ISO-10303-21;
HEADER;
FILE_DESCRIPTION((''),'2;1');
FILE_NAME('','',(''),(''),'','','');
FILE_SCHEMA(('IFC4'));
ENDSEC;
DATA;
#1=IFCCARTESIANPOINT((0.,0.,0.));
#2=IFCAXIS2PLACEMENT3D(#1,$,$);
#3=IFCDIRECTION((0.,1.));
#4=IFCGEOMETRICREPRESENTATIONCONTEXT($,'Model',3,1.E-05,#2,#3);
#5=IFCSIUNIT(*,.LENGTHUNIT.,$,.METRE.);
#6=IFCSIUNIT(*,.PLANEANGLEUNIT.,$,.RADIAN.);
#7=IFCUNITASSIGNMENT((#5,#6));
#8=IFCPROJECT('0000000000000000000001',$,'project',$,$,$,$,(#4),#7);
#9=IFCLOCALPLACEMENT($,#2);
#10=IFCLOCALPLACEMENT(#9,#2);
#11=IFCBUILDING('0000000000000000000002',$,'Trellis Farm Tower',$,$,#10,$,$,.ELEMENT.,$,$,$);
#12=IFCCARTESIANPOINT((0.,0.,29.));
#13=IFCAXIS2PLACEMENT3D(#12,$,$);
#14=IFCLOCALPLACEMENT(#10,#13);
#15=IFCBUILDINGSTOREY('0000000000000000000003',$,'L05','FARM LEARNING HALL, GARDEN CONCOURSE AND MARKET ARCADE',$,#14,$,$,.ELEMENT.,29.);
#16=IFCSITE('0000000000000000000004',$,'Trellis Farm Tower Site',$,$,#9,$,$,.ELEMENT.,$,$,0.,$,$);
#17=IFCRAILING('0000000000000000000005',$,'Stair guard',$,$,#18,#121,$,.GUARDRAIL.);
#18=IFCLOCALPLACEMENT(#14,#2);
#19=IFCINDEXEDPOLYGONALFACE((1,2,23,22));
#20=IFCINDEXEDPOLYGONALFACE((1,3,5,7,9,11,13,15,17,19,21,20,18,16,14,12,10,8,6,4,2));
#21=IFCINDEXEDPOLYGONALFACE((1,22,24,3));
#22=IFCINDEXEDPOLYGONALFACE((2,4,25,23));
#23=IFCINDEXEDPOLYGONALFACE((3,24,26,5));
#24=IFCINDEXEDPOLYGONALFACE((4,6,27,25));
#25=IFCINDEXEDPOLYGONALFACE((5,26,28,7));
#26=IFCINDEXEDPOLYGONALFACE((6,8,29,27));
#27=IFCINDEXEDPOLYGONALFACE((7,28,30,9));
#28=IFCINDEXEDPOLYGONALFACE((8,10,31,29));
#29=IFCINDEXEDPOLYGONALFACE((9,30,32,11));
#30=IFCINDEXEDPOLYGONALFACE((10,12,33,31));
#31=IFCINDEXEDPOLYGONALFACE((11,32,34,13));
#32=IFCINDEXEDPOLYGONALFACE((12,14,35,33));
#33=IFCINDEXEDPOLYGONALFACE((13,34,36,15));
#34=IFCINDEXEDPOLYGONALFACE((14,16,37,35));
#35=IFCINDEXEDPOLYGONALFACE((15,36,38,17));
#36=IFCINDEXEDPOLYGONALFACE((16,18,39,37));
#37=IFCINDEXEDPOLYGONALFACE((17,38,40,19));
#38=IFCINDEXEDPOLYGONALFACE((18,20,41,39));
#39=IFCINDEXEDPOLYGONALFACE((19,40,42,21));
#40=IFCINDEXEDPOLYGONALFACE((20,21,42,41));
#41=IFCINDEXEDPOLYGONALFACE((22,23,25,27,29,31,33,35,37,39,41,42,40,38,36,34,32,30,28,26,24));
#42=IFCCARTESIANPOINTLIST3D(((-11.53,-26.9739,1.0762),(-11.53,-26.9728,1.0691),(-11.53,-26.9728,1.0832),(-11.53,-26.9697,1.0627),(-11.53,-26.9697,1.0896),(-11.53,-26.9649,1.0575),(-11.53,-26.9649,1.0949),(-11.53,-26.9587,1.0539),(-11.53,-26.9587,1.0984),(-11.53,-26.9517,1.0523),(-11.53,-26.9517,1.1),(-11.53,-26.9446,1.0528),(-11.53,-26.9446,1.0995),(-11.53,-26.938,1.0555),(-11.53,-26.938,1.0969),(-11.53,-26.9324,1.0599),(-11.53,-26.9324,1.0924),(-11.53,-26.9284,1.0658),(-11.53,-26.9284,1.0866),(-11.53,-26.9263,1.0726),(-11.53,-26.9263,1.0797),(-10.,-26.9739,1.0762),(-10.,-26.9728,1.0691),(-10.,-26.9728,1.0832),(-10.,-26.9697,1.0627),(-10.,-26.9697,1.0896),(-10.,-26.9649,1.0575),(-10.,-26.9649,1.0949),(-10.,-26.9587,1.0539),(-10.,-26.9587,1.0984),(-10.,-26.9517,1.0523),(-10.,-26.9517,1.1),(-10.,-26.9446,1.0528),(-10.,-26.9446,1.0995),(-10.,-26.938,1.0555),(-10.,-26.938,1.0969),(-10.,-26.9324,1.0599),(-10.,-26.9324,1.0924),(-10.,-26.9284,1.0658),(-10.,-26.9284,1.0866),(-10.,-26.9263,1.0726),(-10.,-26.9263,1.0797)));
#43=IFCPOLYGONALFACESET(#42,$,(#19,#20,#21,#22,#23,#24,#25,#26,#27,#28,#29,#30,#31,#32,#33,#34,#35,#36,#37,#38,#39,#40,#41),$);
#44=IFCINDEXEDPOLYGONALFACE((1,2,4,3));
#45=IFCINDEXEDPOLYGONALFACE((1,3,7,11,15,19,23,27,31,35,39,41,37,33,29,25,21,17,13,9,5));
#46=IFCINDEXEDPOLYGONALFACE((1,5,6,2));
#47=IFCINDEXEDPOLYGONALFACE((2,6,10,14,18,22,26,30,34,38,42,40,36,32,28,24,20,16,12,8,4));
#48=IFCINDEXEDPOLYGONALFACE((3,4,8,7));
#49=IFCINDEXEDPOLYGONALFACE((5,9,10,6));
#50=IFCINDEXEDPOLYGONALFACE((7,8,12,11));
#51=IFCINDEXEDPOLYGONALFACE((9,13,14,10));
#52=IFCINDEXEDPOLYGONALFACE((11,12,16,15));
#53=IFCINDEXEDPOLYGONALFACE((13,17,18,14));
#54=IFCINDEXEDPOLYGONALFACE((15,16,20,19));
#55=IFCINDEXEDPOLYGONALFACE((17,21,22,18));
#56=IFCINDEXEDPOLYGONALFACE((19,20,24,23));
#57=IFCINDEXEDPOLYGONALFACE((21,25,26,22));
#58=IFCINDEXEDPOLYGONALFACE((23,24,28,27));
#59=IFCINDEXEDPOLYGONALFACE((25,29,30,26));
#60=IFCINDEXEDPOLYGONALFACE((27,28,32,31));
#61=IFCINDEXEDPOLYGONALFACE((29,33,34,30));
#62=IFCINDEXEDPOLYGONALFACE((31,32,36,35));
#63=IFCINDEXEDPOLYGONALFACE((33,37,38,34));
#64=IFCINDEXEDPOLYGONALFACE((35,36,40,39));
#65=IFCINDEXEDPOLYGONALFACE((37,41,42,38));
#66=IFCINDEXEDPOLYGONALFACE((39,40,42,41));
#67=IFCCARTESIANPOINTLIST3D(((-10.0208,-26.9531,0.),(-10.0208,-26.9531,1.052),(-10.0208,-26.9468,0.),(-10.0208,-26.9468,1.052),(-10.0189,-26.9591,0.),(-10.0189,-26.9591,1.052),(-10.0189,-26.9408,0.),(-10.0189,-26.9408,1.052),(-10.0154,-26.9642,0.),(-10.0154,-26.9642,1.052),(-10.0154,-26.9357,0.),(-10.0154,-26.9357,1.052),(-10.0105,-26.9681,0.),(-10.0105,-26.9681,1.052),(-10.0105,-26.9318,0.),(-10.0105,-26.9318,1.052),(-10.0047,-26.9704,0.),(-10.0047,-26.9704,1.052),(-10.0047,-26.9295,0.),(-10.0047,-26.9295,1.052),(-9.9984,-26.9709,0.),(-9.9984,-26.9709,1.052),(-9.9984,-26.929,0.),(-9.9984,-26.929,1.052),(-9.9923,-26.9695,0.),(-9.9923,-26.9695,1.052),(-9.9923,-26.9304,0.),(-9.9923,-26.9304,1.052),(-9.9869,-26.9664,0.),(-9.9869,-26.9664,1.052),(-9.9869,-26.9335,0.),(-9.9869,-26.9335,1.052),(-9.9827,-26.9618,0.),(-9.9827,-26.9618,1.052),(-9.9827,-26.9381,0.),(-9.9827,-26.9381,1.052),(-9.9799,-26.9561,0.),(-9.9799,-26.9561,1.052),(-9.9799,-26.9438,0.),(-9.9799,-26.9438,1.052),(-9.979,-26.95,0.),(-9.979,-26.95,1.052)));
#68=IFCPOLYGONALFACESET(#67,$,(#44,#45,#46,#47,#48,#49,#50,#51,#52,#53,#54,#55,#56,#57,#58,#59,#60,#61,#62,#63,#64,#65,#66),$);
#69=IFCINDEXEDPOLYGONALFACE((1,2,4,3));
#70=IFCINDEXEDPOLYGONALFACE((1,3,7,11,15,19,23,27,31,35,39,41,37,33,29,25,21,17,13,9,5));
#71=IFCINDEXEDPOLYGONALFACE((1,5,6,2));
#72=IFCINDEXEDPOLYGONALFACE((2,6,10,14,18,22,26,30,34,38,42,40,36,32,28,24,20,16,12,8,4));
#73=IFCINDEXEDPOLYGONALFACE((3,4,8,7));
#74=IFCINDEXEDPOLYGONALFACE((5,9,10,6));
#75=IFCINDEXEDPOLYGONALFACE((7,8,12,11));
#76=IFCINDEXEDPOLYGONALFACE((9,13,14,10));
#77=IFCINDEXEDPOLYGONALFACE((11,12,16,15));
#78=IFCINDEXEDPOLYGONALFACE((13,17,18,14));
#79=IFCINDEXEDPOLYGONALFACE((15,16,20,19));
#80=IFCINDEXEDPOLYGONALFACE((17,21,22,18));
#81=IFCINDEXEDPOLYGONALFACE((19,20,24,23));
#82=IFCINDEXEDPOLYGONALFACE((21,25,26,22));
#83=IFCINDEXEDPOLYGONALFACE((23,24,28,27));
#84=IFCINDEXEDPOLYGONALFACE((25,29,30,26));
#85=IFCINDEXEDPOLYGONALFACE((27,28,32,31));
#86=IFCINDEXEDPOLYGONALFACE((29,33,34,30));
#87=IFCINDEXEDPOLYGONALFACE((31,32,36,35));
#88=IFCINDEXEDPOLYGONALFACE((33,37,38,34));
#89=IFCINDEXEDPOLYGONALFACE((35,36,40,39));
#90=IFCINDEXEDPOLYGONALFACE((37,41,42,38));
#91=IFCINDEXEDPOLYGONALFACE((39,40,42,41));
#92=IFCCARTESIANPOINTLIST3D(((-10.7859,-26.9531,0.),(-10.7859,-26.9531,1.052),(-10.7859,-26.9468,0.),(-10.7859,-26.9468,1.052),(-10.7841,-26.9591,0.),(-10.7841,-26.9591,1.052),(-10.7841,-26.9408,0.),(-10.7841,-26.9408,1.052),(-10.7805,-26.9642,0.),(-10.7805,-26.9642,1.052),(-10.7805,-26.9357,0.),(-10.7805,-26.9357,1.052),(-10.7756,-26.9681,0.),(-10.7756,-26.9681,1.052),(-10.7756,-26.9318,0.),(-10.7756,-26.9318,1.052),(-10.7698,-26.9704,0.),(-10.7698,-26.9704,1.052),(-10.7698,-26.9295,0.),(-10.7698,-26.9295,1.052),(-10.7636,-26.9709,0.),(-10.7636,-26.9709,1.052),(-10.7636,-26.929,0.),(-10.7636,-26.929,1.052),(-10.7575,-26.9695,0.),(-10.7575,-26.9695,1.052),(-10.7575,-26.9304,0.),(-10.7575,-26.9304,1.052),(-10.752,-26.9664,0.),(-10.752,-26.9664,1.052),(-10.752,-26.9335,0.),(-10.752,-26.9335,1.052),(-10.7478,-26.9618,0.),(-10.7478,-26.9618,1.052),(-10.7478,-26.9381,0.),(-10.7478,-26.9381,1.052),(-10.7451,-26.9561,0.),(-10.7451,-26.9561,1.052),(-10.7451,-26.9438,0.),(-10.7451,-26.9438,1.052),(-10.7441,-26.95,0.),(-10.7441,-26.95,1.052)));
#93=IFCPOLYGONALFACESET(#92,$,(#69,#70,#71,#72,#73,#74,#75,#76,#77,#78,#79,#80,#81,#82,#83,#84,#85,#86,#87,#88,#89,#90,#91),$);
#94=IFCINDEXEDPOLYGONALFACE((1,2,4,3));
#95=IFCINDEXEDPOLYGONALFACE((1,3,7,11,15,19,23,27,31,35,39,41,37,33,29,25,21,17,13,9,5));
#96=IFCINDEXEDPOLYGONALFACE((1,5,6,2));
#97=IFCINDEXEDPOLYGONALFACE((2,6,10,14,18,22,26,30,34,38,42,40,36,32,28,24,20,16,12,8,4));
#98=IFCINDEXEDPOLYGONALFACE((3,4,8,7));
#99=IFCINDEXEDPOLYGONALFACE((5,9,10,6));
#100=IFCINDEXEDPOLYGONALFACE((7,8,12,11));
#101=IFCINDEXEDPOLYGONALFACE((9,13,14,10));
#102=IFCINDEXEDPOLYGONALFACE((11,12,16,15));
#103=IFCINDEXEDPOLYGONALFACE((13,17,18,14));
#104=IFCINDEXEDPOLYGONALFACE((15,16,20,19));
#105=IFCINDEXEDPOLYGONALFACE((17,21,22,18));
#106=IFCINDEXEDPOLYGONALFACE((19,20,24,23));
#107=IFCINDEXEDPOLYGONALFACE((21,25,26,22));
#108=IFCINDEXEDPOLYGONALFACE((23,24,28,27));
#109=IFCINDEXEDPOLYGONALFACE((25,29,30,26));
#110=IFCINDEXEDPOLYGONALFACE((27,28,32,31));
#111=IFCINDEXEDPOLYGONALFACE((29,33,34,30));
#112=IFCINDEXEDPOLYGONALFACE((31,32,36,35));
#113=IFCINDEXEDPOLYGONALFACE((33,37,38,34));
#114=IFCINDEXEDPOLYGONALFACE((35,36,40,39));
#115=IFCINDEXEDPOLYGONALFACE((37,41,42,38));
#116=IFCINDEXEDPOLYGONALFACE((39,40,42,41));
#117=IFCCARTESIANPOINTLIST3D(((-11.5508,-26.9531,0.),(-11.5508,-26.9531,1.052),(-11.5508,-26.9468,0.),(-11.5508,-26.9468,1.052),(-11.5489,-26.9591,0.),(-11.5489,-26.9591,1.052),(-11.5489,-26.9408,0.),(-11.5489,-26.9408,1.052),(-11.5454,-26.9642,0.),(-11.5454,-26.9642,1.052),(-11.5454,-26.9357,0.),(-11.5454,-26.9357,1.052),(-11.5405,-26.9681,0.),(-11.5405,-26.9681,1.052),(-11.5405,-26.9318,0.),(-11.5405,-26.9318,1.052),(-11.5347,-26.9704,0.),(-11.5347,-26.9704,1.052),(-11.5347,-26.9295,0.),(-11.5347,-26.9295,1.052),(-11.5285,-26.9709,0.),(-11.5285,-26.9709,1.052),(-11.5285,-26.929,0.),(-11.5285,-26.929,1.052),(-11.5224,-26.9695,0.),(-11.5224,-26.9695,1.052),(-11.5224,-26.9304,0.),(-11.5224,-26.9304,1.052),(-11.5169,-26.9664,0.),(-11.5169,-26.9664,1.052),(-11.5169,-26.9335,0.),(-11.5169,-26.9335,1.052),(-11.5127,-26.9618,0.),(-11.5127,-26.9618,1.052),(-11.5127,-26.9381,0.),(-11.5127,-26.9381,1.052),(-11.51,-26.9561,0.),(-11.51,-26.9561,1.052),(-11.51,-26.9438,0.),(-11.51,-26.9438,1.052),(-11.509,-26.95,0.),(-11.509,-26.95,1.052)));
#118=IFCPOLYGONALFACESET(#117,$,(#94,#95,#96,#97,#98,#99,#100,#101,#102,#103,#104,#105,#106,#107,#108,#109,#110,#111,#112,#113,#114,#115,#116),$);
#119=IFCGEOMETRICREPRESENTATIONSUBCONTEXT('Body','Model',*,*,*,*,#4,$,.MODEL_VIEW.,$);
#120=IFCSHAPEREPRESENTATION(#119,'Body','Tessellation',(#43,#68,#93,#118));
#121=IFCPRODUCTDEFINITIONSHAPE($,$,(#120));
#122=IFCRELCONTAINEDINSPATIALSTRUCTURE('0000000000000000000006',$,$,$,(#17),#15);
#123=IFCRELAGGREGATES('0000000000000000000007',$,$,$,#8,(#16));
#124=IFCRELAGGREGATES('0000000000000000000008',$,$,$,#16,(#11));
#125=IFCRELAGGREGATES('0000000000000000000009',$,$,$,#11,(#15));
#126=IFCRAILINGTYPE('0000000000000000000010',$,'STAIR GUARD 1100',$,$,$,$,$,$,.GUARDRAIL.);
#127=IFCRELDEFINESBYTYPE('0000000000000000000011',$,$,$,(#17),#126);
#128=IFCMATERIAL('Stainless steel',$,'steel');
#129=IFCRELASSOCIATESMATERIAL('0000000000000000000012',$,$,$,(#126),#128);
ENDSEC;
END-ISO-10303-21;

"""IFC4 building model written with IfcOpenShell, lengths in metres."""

from ifc_helpers import new_model, si_unit, direction, frame, origin, origin_2d, place, context, subcontext, project, spatial, circle, extrude, source, transform, mapped, material, type_object, element, save


model = new_model("IFC4")

# Units and contexts
model_context = context("Model", 3, precision=1e-05, world=origin(), true_north=direction((0.0, 1.0)))
body_context = subcontext(model_context, "Body", "Model", "MODEL_VIEW")
ifc_project = project(units=[si_unit("LENGTHUNIT", "METRE"), si_unit("PLANEANGLEUNIT", "RADIAN")], contexts=[model_context])

# Site, building, storey
site_placement = place(None, origin())
site = spatial("IfcSite", under=ifc_project, at=site_placement, Name="Trellis Farm Tower Site", CompositionType="ELEMENT", RefElevation=0.0)
building_placement = place(site_placement, origin())
building = spatial("IfcBuilding", under=site, at=building_placement, Name="Trellis Farm Tower", CompositionType="ELEMENT")
storey_placement = place(building_placement, frame((0.0, 0.0, 29.0)))
storey = spatial("IfcBuildingStorey", under=building, at=storey_placement, Name="L05", Description="FARM LEARNING HALL, GARDEN CONCOURSE AND MARKET ARCADE", CompositionType="ELEMENT", Elevation=29.0)

# Railing
ifc_material_1 = material(Name="Stainless steel", Category="steel")
railing_type = type_object("IfcRailingType", Name="STAIR GUARD 1100", PredefinedType="GUARDRAIL", material=ifc_material_1)
shared_shape_1 = source(origin(), body_context, "Body", "SweptSolid", [
    extrude(circle(Radius=0.0239, at=origin_2d()), frame((0.0, 0.0, 1.0762), z_axis=(-1.0, 0.0, 0.0), x_axis=(0.0, -1.0, 0.0)), (0.0, 0.0, 1.0), 1.53),
    extrude(circle(Radius=0.021, at=origin_2d()), origin(), (0.0, 0.0, 1.0), 1.052),
    extrude(circle(Radius=0.021, at=origin_2d()), frame((-0.7651, 0.0, 0.0)), (0.0, 0.0, 1.0), 1.052),
    extrude(circle(Radius=0.021, at=origin_2d()), frame((-1.53, 0.0, 0.0)), (0.0, 0.0, 1.0), 1.052),
])
for number, where, name in (
    (1, (-10.0, -26.95, 0.0), "Stair guard"),
):
    element("IfcRailing", number, at=place(storey_placement, frame(where)), inside=storey, type_object=railing_type, Name=name, PredefinedType="GUARDRAIL", context=body_context, shape_type="MappedRepresentation", body=[
        mapped(shared_shape_1, transform((0.0, 0.0, 0.0))),
    ])

save(model, "model.ifc")
